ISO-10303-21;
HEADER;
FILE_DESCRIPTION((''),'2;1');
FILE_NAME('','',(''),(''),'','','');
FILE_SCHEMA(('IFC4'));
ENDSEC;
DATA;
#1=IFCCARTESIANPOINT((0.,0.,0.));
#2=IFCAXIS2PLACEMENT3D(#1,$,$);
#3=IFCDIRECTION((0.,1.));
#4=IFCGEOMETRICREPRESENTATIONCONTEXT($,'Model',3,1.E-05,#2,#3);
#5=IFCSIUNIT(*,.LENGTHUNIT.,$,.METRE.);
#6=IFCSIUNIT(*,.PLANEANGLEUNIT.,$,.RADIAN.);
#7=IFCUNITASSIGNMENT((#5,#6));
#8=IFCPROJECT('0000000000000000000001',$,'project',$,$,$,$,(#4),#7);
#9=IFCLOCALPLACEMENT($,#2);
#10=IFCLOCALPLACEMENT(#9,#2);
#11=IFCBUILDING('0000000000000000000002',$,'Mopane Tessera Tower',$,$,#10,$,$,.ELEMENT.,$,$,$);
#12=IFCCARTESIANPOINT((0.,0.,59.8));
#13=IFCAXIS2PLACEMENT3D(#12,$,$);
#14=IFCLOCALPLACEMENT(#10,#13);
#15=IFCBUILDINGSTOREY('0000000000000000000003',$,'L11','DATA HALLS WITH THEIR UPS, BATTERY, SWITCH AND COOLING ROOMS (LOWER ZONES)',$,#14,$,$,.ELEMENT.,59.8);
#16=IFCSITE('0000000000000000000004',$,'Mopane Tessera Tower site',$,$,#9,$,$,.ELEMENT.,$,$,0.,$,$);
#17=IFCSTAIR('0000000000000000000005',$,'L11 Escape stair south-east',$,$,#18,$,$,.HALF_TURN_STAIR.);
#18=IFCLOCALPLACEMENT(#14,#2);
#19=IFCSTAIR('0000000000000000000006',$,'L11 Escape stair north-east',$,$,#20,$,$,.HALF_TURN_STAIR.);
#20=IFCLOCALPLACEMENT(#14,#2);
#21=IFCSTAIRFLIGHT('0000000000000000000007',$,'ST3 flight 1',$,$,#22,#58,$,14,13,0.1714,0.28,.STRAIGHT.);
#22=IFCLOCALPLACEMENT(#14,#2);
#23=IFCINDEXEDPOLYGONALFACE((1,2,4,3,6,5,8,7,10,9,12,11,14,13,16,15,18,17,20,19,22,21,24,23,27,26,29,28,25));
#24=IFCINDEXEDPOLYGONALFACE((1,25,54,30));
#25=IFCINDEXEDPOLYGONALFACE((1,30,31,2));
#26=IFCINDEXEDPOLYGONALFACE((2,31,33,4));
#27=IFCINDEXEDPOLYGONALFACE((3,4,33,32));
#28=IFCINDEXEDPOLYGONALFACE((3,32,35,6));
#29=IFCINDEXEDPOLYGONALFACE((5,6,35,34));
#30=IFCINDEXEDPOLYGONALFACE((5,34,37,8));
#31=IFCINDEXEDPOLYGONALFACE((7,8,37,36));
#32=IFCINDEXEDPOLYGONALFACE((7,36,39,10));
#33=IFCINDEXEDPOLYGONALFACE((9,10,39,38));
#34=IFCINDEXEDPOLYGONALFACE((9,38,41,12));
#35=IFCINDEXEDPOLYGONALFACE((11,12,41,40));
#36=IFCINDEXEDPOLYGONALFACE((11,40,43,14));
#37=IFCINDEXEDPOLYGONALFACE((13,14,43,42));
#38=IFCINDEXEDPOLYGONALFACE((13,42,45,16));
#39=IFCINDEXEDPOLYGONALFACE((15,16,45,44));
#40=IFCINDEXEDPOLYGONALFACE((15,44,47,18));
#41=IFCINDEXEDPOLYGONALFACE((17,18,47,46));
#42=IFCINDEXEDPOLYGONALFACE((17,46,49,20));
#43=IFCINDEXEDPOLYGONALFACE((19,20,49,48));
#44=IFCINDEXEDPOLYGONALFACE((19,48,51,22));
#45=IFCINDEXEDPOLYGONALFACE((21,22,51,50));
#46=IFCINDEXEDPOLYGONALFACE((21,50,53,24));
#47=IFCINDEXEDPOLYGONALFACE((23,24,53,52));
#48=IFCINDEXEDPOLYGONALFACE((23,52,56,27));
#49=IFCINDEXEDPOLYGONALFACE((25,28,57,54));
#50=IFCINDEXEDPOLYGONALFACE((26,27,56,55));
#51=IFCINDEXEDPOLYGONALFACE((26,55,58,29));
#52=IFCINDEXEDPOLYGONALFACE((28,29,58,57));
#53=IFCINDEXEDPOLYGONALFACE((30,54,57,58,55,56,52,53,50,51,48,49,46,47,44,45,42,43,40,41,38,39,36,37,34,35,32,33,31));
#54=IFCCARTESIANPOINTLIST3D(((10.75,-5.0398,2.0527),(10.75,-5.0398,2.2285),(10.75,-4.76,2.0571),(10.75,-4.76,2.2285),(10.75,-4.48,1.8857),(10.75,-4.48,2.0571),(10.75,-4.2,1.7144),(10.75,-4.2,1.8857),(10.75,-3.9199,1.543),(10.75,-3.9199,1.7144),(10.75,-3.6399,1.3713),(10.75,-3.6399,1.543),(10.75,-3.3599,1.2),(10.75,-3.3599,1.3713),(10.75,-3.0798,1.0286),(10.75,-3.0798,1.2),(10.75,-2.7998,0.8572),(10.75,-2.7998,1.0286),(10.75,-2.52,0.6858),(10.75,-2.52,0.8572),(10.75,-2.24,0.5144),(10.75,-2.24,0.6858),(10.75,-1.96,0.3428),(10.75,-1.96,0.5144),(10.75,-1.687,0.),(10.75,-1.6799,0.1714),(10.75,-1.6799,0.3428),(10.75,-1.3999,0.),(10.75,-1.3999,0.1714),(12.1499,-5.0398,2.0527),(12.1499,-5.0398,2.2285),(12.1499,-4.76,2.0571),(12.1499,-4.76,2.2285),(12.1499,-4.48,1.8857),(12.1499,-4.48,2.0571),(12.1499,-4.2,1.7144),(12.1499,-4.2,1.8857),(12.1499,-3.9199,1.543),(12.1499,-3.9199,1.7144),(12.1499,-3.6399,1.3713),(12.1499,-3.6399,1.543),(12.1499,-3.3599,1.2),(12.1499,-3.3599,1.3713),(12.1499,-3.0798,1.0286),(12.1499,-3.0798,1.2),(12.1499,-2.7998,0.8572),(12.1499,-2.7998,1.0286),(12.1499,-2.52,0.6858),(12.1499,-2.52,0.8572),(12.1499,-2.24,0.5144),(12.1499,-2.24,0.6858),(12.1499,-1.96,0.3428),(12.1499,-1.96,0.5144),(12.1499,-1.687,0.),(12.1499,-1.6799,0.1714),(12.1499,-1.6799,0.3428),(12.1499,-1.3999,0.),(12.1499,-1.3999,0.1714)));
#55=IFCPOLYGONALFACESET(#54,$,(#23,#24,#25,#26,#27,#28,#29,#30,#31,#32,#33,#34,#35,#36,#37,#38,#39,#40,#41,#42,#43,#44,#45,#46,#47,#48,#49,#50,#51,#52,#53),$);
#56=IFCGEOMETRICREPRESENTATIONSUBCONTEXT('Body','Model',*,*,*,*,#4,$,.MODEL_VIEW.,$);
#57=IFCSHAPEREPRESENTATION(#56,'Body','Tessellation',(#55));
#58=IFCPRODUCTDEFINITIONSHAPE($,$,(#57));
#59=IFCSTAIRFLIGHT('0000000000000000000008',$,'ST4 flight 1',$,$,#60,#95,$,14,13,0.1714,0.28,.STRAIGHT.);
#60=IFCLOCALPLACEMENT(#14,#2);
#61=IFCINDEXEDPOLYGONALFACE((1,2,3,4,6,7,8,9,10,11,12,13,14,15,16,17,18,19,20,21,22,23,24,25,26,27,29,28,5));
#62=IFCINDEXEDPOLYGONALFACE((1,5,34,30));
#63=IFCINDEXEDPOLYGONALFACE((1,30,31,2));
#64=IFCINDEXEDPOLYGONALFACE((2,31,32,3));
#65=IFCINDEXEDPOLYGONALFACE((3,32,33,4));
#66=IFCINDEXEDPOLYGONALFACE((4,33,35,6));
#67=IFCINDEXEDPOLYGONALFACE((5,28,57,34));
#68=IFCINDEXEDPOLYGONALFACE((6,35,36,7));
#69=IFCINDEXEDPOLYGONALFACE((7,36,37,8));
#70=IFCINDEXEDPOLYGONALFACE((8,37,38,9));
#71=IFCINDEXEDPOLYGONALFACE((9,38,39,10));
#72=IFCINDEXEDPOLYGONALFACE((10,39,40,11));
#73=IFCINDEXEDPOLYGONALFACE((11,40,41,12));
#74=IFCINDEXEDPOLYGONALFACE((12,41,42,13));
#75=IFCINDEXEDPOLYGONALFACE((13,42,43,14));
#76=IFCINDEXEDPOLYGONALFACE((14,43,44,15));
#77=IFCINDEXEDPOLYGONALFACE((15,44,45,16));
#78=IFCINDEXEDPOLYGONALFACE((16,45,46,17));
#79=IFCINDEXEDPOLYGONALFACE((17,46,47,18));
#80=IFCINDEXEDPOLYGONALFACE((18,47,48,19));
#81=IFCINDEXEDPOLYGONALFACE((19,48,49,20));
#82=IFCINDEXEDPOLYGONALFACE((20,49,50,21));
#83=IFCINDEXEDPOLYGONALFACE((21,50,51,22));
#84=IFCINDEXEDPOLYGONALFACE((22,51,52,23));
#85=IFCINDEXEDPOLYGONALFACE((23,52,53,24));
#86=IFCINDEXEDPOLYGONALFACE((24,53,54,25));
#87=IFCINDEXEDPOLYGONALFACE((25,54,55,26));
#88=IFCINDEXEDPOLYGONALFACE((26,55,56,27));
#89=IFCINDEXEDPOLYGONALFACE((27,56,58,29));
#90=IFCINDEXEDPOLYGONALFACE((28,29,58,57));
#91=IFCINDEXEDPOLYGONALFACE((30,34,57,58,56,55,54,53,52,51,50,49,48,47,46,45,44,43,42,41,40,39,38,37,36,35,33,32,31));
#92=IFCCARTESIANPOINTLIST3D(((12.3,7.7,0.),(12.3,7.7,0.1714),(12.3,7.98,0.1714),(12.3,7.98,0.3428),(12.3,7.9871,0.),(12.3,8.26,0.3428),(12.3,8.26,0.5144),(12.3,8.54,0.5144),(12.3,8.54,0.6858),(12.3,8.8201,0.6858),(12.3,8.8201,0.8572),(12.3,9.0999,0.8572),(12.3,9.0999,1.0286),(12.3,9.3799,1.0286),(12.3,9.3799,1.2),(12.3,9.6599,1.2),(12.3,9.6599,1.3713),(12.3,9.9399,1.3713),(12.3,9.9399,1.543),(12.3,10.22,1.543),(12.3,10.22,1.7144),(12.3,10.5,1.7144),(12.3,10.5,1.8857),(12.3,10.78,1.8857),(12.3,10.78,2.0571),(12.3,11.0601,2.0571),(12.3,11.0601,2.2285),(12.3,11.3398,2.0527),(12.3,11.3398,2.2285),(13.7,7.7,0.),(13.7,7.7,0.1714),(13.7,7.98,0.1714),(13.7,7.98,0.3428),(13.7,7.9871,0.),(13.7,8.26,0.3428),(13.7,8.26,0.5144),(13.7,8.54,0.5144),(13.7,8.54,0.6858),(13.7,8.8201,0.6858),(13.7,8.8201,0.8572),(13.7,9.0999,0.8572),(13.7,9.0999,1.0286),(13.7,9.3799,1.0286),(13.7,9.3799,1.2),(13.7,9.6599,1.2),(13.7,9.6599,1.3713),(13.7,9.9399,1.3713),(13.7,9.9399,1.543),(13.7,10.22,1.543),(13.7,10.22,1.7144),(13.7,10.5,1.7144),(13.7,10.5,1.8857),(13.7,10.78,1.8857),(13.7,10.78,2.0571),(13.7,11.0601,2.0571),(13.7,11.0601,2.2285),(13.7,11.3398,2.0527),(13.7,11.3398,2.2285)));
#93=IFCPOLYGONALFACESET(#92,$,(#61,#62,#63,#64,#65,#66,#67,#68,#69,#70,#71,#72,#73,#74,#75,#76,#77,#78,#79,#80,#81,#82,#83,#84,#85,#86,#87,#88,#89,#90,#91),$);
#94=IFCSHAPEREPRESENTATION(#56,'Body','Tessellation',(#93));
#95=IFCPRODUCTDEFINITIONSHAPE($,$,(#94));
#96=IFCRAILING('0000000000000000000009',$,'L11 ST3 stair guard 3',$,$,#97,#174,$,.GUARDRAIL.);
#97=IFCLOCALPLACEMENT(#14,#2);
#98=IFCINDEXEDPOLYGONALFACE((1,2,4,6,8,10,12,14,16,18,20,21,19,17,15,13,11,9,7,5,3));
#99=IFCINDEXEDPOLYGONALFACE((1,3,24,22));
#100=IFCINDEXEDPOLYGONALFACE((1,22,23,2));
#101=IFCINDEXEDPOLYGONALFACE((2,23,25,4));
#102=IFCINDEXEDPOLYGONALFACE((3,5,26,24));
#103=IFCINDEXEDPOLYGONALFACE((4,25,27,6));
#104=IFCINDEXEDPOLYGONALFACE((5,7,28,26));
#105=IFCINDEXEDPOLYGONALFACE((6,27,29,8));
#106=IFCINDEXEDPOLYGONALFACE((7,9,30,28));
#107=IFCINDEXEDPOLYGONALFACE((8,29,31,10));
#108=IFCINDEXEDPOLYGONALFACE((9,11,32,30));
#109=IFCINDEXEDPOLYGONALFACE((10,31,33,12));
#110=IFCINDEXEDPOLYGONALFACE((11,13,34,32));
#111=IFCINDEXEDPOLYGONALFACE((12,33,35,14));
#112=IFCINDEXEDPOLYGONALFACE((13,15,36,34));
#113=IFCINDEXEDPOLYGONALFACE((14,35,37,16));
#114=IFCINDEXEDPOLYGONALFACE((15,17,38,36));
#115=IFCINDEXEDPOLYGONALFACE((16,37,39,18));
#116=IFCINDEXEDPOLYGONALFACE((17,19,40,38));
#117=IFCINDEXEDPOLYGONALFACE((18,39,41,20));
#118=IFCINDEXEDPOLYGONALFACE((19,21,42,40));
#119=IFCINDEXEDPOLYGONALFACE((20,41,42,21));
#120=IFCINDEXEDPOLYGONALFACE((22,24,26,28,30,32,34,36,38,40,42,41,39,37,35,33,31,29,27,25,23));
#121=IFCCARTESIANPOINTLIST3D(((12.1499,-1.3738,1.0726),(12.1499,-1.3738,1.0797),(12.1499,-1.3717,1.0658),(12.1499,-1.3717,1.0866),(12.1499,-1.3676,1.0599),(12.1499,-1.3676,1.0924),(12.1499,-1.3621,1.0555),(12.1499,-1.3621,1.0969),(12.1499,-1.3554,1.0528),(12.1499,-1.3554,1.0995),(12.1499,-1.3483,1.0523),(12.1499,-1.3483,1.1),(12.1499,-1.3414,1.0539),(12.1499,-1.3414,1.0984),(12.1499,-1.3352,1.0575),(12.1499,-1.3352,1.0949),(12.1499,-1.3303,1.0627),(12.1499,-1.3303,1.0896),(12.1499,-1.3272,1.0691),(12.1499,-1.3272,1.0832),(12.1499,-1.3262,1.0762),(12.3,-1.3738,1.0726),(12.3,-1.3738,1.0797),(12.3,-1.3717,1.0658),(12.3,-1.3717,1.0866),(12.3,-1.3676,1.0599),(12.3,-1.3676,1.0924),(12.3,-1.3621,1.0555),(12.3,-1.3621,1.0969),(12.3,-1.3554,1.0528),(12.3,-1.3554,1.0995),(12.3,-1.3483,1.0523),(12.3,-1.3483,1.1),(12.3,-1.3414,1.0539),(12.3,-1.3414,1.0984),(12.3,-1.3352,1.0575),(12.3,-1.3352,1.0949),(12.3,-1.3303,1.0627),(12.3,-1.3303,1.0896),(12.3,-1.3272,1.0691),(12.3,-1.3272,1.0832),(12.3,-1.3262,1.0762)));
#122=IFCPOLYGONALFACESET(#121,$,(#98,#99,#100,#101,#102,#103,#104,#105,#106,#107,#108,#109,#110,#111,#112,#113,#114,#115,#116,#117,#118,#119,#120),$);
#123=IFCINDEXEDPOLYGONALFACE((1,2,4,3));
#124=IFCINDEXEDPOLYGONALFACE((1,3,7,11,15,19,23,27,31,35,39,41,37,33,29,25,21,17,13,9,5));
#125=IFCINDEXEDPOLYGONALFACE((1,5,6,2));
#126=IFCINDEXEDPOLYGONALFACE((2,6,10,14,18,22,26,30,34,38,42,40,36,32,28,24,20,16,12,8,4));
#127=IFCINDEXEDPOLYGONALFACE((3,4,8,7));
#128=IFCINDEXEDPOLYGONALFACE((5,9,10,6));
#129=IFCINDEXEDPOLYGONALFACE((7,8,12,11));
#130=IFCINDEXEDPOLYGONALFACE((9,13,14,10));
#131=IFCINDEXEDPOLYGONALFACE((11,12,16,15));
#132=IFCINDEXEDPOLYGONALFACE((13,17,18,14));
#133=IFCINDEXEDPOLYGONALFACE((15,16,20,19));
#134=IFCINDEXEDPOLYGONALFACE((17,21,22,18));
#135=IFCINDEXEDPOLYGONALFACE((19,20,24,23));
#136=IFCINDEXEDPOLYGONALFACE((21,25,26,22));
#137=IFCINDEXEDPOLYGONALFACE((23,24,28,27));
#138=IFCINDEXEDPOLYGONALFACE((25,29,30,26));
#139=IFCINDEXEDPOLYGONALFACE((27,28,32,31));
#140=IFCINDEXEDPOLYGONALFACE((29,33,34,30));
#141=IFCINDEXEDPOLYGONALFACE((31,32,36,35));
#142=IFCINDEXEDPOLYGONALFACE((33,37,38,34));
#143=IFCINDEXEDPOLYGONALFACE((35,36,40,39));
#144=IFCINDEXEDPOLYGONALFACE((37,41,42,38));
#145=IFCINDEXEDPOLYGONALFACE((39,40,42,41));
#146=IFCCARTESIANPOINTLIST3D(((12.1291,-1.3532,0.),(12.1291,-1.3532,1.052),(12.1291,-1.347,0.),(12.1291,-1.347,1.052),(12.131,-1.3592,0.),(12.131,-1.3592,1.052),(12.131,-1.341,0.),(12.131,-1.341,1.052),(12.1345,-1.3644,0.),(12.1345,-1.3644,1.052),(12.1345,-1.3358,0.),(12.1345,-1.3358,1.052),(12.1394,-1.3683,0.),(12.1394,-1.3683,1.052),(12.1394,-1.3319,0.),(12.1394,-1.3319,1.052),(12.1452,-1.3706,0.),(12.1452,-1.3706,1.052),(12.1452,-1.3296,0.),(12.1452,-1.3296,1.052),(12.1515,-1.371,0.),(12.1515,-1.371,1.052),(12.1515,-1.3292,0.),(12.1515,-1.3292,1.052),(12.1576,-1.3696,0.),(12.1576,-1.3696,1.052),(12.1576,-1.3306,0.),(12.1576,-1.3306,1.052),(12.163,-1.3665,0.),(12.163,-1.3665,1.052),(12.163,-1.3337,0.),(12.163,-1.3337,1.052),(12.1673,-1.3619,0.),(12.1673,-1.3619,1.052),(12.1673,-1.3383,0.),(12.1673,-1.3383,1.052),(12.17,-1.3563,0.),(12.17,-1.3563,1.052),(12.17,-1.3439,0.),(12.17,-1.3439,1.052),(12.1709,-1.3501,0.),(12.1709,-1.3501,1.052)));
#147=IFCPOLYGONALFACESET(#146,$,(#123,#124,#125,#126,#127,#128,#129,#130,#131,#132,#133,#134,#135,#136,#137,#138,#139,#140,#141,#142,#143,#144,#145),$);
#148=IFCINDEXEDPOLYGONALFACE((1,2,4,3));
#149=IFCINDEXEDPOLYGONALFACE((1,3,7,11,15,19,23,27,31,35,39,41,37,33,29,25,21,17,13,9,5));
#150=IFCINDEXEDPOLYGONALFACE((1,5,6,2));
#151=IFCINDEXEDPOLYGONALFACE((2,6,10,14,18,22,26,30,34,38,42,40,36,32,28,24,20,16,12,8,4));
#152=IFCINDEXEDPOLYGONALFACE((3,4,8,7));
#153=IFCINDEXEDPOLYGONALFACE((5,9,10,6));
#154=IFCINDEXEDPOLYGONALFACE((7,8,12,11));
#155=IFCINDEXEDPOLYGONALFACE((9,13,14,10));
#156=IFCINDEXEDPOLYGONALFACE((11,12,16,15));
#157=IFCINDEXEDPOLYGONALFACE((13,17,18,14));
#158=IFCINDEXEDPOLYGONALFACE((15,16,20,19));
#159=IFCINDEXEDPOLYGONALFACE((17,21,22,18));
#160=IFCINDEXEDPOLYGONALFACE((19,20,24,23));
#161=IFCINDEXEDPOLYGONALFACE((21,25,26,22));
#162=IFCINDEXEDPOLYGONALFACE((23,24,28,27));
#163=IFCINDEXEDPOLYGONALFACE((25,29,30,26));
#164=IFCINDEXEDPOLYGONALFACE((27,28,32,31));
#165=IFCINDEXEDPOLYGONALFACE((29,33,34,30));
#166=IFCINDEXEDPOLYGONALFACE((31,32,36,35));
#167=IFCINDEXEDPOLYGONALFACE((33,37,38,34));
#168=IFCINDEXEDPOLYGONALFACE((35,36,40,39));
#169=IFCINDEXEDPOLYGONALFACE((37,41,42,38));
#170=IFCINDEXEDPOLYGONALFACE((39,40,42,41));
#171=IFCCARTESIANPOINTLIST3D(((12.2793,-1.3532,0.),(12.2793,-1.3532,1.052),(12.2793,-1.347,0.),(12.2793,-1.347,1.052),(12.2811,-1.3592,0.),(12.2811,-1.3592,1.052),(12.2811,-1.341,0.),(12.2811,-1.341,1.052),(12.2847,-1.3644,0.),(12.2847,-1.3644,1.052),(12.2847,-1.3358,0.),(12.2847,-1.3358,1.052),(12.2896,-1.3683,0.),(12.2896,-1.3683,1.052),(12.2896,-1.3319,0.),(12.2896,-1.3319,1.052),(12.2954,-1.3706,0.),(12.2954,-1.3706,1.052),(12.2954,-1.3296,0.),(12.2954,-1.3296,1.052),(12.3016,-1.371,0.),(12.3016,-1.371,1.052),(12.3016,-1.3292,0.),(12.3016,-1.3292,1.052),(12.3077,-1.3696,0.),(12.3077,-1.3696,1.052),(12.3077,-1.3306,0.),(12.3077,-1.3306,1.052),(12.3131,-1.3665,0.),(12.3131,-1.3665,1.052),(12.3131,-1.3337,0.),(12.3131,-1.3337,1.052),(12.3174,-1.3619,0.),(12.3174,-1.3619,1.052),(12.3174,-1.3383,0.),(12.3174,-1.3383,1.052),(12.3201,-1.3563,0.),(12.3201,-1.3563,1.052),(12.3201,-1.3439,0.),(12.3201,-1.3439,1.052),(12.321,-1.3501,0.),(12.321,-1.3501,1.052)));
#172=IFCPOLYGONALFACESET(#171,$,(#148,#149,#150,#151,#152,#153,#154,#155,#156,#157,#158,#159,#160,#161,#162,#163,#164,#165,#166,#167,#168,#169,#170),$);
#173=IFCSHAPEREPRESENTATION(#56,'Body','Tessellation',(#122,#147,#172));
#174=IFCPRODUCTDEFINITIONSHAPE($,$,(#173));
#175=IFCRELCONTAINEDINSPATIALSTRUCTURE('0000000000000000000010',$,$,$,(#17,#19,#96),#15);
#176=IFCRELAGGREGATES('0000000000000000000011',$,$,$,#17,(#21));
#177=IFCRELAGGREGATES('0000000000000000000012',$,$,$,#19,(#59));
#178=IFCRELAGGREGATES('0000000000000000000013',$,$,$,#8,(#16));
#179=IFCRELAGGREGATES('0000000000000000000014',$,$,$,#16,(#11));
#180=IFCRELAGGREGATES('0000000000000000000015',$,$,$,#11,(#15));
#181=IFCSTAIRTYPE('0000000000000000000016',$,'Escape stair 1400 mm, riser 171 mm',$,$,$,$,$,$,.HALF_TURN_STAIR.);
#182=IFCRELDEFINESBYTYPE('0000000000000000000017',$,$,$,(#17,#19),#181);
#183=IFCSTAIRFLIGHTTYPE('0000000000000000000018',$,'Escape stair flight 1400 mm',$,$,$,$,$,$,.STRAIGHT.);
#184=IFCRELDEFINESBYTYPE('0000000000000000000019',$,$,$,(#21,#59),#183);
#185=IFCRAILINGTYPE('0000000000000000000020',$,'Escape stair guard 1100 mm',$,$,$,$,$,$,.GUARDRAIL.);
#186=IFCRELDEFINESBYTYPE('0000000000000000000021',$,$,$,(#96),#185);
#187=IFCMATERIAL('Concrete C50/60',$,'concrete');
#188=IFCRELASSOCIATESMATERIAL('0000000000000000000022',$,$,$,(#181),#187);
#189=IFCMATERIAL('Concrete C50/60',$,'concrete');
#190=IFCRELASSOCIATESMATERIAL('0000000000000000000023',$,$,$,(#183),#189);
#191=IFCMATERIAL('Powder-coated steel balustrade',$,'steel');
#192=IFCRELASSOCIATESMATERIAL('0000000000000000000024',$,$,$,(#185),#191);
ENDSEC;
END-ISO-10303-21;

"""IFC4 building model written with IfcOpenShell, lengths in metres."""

from ifc_helpers import new_model, si_unit, direction, frame, origin, origin_2d, place, context, subcontext, project, spatial, polyline, circle, outline, extrude, material, type_object, element, aggregate, save


model = new_model("IFC4")

# Units and contexts
model_context = context("Model", 3, precision=1e-05, world=origin(), true_north=direction((0.0, 1.0)))
body_context = subcontext(model_context, "Body", "Model", "MODEL_VIEW")
ifc_project = project(units=[si_unit("LENGTHUNIT", "METRE"), si_unit("PLANEANGLEUNIT", "RADIAN")], contexts=[model_context])

# Site, building, storey
site_placement = place(None, origin())
site = spatial("IfcSite", under=ifc_project, at=site_placement, Name="Mopane Tessera Tower site", CompositionType="ELEMENT", RefElevation=0.0)
building_placement = place(site_placement, origin())
building = spatial("IfcBuilding", under=site, at=building_placement, Name="Mopane Tessera Tower", CompositionType="ELEMENT")
storey_placement = place(building_placement, frame((0.0, 0.0, 59.8)))
storey = spatial("IfcBuildingStorey", under=building, at=storey_placement, Name="L11", Description="DATA HALLS WITH THEIR UPS, BATTERY, SWITCH AND COOLING ROOMS (LOWER ZONES)", CompositionType="ELEMENT", Elevation=59.8)

# Stairs
ifc_material_1 = material(Name="Concrete C50/60", Category="concrete")
stair_type = type_object("IfcStairType", Name="Escape stair 1400 mm, riser 171 mm", PredefinedType="HALF_TURN_STAIR", material=ifc_material_1)
stair_1_placement = place(storey_placement, origin())
stair_1 = element("IfcStair", 1, at=stair_1_placement, inside=storey, type_object=stair_type, Name="L11 Escape stair south-east", PredefinedType="HALF_TURN_STAIR")
stair_2_placement = place(storey_placement, origin())
stair_2 = element("IfcStair", 2, at=stair_2_placement, inside=storey, type_object=stair_type, Name="L11 Escape stair north-east", PredefinedType="HALF_TURN_STAIR")

# Stair flights
ifc_material_2 = material(Name="Concrete C50/60", Category="concrete")
stair_flight_type = type_object("IfcStairFlightType", Name="Escape stair flight 1400 mm", PredefinedType="STRAIGHT", material=ifc_material_2)
stair_flight_1_placement = place(storey_placement, frame((11.45, -1.3999, 0.0), z_axis=(0.0, 0.0, 1.0), x_axis=(0.0, -1.0, 0.0)))
stair_flight_1 = element("IfcStairFlight", 3, at=stair_flight_1_placement, type_object=stair_flight_type, Name="ST3 flight 1", NumberOfRisers=14, NumberOfTreads=13, PredefinedType="STRAIGHT", RiserHeight=0.1714, TreadLength=0.28, context=body_context, shape_type="SweptSolid", body=[
    extrude(outline(polyline([(0.0, 0.0), (0.0, 0.1714), (0.28, 0.1714), (0.28, 0.3428), (0.5601, 0.3428), (0.5601, 0.5144), (0.8401, 0.5144), (0.8401, 0.6858), (1.1201, 0.6858), (1.1201, 0.8572), (1.3999, 0.8572), (1.3999, 1.0286), (1.6799, 1.0286), (1.6799, 1.2), (1.96, 1.2), (1.96, 1.3713), (2.24, 1.3713), (2.24, 1.543), (2.52, 1.543), (2.52, 1.7144), (2.8, 1.7144), (2.8, 1.8857), (3.0801, 1.8857), (3.0801, 2.0571), (3.3601, 2.0571), (3.3601, 2.2285), (3.6399, 2.2285), (3.6399, 2.3999), (3.6399, 2.0527), (0.2871, 0.0), (0.0, 0.0)])), frame((0.0, 0.7, 0.0), z_axis=(0.0, -1.0, 0.0), x_axis=(1.0, 0.0, 0.0)), (0.0, 0.0, 1.0), 1.3999),
])
aggregate(stair_1, [stair_flight_1])
stair_flight_2_placement = place(storey_placement, frame((13.0, 7.7, 0.0), z_axis=(0.0, 0.0, 1.0), x_axis=(0.0, 1.0, 0.0)))
stair_flight_2 = element("IfcStairFlight", 4, at=stair_flight_2_placement, type_object=stair_flight_type, Name="ST4 flight 1", NumberOfRisers=14, NumberOfTreads=13, PredefinedType="STRAIGHT", RiserHeight=0.1714, TreadLength=0.28, context=body_context, shape_type="SweptSolid", body=[
    extrude(outline(polyline([(0.0, 0.0), (0.0, 0.1714), (0.28, 0.1714), (0.28, 0.3428), (0.5601, 0.3428), (0.5601, 0.5144), (0.8401, 0.5144), (0.8401, 0.6858), (1.1201, 0.6858), (1.1201, 0.8572), (1.3999, 0.8572), (1.3999, 1.0286), (1.6799, 1.0286), (1.6799, 1.2), (1.96, 1.2), (1.96, 1.3713), (2.24, 1.3713), (2.24, 1.543), (2.52, 1.543), (2.52, 1.7144), (2.8, 1.7144), (2.8, 1.8857), (3.0801, 1.8857), (3.0801, 2.0571), (3.3601, 2.0571), (3.3601, 2.2285), (3.6399, 2.2285), (3.6399, 2.3999), (3.6399, 2.0527), (0.2871, 0.0), (0.0, 0.0)])), frame((0.0, 0.7, 0.0), z_axis=(0.0, -1.0, 0.0), x_axis=(1.0, 0.0, 0.0)), (0.0, 0.0, 1.0), 1.3999),
])
aggregate(stair_2, [stair_flight_2])

# Railing
ifc_material_3 = material(Name="Powder-coated steel balustrade", Category="steel")
railing_type_1 = type_object("IfcRailingType", Name="Escape stair guard 1100 mm", PredefinedType="GUARDRAIL", material=ifc_material_3)
railing_1_placement = place(storey_placement, frame((12.1499, -1.3501, 0.0)))
element("IfcRailing", 5, at=railing_1_placement, inside=storey, type_object=railing_type_1, Name="L11 ST3 stair guard 3", PredefinedType="GUARDRAIL", context=body_context, shape_type="SweptSolid", body=[
    extrude(circle(Radius=0.0239, at=origin_2d()), frame((0.0, 0.0, 1.0762), z_axis=(1.0, 0.0, 0.0), x_axis=(0.0, 1.0, 0.0)), (0.0, 0.0, 1.0), 0.1501),
    extrude(circle(Radius=0.021, at=origin_2d()), origin(), (0.0, 0.0, 1.0), 1.052),
    extrude(circle(Radius=0.021, at=origin_2d()), frame((0.1501, 0.0, 0.0)), (0.0, 0.0, 1.0), 1.052),
])

save(model, "model.ifc")
